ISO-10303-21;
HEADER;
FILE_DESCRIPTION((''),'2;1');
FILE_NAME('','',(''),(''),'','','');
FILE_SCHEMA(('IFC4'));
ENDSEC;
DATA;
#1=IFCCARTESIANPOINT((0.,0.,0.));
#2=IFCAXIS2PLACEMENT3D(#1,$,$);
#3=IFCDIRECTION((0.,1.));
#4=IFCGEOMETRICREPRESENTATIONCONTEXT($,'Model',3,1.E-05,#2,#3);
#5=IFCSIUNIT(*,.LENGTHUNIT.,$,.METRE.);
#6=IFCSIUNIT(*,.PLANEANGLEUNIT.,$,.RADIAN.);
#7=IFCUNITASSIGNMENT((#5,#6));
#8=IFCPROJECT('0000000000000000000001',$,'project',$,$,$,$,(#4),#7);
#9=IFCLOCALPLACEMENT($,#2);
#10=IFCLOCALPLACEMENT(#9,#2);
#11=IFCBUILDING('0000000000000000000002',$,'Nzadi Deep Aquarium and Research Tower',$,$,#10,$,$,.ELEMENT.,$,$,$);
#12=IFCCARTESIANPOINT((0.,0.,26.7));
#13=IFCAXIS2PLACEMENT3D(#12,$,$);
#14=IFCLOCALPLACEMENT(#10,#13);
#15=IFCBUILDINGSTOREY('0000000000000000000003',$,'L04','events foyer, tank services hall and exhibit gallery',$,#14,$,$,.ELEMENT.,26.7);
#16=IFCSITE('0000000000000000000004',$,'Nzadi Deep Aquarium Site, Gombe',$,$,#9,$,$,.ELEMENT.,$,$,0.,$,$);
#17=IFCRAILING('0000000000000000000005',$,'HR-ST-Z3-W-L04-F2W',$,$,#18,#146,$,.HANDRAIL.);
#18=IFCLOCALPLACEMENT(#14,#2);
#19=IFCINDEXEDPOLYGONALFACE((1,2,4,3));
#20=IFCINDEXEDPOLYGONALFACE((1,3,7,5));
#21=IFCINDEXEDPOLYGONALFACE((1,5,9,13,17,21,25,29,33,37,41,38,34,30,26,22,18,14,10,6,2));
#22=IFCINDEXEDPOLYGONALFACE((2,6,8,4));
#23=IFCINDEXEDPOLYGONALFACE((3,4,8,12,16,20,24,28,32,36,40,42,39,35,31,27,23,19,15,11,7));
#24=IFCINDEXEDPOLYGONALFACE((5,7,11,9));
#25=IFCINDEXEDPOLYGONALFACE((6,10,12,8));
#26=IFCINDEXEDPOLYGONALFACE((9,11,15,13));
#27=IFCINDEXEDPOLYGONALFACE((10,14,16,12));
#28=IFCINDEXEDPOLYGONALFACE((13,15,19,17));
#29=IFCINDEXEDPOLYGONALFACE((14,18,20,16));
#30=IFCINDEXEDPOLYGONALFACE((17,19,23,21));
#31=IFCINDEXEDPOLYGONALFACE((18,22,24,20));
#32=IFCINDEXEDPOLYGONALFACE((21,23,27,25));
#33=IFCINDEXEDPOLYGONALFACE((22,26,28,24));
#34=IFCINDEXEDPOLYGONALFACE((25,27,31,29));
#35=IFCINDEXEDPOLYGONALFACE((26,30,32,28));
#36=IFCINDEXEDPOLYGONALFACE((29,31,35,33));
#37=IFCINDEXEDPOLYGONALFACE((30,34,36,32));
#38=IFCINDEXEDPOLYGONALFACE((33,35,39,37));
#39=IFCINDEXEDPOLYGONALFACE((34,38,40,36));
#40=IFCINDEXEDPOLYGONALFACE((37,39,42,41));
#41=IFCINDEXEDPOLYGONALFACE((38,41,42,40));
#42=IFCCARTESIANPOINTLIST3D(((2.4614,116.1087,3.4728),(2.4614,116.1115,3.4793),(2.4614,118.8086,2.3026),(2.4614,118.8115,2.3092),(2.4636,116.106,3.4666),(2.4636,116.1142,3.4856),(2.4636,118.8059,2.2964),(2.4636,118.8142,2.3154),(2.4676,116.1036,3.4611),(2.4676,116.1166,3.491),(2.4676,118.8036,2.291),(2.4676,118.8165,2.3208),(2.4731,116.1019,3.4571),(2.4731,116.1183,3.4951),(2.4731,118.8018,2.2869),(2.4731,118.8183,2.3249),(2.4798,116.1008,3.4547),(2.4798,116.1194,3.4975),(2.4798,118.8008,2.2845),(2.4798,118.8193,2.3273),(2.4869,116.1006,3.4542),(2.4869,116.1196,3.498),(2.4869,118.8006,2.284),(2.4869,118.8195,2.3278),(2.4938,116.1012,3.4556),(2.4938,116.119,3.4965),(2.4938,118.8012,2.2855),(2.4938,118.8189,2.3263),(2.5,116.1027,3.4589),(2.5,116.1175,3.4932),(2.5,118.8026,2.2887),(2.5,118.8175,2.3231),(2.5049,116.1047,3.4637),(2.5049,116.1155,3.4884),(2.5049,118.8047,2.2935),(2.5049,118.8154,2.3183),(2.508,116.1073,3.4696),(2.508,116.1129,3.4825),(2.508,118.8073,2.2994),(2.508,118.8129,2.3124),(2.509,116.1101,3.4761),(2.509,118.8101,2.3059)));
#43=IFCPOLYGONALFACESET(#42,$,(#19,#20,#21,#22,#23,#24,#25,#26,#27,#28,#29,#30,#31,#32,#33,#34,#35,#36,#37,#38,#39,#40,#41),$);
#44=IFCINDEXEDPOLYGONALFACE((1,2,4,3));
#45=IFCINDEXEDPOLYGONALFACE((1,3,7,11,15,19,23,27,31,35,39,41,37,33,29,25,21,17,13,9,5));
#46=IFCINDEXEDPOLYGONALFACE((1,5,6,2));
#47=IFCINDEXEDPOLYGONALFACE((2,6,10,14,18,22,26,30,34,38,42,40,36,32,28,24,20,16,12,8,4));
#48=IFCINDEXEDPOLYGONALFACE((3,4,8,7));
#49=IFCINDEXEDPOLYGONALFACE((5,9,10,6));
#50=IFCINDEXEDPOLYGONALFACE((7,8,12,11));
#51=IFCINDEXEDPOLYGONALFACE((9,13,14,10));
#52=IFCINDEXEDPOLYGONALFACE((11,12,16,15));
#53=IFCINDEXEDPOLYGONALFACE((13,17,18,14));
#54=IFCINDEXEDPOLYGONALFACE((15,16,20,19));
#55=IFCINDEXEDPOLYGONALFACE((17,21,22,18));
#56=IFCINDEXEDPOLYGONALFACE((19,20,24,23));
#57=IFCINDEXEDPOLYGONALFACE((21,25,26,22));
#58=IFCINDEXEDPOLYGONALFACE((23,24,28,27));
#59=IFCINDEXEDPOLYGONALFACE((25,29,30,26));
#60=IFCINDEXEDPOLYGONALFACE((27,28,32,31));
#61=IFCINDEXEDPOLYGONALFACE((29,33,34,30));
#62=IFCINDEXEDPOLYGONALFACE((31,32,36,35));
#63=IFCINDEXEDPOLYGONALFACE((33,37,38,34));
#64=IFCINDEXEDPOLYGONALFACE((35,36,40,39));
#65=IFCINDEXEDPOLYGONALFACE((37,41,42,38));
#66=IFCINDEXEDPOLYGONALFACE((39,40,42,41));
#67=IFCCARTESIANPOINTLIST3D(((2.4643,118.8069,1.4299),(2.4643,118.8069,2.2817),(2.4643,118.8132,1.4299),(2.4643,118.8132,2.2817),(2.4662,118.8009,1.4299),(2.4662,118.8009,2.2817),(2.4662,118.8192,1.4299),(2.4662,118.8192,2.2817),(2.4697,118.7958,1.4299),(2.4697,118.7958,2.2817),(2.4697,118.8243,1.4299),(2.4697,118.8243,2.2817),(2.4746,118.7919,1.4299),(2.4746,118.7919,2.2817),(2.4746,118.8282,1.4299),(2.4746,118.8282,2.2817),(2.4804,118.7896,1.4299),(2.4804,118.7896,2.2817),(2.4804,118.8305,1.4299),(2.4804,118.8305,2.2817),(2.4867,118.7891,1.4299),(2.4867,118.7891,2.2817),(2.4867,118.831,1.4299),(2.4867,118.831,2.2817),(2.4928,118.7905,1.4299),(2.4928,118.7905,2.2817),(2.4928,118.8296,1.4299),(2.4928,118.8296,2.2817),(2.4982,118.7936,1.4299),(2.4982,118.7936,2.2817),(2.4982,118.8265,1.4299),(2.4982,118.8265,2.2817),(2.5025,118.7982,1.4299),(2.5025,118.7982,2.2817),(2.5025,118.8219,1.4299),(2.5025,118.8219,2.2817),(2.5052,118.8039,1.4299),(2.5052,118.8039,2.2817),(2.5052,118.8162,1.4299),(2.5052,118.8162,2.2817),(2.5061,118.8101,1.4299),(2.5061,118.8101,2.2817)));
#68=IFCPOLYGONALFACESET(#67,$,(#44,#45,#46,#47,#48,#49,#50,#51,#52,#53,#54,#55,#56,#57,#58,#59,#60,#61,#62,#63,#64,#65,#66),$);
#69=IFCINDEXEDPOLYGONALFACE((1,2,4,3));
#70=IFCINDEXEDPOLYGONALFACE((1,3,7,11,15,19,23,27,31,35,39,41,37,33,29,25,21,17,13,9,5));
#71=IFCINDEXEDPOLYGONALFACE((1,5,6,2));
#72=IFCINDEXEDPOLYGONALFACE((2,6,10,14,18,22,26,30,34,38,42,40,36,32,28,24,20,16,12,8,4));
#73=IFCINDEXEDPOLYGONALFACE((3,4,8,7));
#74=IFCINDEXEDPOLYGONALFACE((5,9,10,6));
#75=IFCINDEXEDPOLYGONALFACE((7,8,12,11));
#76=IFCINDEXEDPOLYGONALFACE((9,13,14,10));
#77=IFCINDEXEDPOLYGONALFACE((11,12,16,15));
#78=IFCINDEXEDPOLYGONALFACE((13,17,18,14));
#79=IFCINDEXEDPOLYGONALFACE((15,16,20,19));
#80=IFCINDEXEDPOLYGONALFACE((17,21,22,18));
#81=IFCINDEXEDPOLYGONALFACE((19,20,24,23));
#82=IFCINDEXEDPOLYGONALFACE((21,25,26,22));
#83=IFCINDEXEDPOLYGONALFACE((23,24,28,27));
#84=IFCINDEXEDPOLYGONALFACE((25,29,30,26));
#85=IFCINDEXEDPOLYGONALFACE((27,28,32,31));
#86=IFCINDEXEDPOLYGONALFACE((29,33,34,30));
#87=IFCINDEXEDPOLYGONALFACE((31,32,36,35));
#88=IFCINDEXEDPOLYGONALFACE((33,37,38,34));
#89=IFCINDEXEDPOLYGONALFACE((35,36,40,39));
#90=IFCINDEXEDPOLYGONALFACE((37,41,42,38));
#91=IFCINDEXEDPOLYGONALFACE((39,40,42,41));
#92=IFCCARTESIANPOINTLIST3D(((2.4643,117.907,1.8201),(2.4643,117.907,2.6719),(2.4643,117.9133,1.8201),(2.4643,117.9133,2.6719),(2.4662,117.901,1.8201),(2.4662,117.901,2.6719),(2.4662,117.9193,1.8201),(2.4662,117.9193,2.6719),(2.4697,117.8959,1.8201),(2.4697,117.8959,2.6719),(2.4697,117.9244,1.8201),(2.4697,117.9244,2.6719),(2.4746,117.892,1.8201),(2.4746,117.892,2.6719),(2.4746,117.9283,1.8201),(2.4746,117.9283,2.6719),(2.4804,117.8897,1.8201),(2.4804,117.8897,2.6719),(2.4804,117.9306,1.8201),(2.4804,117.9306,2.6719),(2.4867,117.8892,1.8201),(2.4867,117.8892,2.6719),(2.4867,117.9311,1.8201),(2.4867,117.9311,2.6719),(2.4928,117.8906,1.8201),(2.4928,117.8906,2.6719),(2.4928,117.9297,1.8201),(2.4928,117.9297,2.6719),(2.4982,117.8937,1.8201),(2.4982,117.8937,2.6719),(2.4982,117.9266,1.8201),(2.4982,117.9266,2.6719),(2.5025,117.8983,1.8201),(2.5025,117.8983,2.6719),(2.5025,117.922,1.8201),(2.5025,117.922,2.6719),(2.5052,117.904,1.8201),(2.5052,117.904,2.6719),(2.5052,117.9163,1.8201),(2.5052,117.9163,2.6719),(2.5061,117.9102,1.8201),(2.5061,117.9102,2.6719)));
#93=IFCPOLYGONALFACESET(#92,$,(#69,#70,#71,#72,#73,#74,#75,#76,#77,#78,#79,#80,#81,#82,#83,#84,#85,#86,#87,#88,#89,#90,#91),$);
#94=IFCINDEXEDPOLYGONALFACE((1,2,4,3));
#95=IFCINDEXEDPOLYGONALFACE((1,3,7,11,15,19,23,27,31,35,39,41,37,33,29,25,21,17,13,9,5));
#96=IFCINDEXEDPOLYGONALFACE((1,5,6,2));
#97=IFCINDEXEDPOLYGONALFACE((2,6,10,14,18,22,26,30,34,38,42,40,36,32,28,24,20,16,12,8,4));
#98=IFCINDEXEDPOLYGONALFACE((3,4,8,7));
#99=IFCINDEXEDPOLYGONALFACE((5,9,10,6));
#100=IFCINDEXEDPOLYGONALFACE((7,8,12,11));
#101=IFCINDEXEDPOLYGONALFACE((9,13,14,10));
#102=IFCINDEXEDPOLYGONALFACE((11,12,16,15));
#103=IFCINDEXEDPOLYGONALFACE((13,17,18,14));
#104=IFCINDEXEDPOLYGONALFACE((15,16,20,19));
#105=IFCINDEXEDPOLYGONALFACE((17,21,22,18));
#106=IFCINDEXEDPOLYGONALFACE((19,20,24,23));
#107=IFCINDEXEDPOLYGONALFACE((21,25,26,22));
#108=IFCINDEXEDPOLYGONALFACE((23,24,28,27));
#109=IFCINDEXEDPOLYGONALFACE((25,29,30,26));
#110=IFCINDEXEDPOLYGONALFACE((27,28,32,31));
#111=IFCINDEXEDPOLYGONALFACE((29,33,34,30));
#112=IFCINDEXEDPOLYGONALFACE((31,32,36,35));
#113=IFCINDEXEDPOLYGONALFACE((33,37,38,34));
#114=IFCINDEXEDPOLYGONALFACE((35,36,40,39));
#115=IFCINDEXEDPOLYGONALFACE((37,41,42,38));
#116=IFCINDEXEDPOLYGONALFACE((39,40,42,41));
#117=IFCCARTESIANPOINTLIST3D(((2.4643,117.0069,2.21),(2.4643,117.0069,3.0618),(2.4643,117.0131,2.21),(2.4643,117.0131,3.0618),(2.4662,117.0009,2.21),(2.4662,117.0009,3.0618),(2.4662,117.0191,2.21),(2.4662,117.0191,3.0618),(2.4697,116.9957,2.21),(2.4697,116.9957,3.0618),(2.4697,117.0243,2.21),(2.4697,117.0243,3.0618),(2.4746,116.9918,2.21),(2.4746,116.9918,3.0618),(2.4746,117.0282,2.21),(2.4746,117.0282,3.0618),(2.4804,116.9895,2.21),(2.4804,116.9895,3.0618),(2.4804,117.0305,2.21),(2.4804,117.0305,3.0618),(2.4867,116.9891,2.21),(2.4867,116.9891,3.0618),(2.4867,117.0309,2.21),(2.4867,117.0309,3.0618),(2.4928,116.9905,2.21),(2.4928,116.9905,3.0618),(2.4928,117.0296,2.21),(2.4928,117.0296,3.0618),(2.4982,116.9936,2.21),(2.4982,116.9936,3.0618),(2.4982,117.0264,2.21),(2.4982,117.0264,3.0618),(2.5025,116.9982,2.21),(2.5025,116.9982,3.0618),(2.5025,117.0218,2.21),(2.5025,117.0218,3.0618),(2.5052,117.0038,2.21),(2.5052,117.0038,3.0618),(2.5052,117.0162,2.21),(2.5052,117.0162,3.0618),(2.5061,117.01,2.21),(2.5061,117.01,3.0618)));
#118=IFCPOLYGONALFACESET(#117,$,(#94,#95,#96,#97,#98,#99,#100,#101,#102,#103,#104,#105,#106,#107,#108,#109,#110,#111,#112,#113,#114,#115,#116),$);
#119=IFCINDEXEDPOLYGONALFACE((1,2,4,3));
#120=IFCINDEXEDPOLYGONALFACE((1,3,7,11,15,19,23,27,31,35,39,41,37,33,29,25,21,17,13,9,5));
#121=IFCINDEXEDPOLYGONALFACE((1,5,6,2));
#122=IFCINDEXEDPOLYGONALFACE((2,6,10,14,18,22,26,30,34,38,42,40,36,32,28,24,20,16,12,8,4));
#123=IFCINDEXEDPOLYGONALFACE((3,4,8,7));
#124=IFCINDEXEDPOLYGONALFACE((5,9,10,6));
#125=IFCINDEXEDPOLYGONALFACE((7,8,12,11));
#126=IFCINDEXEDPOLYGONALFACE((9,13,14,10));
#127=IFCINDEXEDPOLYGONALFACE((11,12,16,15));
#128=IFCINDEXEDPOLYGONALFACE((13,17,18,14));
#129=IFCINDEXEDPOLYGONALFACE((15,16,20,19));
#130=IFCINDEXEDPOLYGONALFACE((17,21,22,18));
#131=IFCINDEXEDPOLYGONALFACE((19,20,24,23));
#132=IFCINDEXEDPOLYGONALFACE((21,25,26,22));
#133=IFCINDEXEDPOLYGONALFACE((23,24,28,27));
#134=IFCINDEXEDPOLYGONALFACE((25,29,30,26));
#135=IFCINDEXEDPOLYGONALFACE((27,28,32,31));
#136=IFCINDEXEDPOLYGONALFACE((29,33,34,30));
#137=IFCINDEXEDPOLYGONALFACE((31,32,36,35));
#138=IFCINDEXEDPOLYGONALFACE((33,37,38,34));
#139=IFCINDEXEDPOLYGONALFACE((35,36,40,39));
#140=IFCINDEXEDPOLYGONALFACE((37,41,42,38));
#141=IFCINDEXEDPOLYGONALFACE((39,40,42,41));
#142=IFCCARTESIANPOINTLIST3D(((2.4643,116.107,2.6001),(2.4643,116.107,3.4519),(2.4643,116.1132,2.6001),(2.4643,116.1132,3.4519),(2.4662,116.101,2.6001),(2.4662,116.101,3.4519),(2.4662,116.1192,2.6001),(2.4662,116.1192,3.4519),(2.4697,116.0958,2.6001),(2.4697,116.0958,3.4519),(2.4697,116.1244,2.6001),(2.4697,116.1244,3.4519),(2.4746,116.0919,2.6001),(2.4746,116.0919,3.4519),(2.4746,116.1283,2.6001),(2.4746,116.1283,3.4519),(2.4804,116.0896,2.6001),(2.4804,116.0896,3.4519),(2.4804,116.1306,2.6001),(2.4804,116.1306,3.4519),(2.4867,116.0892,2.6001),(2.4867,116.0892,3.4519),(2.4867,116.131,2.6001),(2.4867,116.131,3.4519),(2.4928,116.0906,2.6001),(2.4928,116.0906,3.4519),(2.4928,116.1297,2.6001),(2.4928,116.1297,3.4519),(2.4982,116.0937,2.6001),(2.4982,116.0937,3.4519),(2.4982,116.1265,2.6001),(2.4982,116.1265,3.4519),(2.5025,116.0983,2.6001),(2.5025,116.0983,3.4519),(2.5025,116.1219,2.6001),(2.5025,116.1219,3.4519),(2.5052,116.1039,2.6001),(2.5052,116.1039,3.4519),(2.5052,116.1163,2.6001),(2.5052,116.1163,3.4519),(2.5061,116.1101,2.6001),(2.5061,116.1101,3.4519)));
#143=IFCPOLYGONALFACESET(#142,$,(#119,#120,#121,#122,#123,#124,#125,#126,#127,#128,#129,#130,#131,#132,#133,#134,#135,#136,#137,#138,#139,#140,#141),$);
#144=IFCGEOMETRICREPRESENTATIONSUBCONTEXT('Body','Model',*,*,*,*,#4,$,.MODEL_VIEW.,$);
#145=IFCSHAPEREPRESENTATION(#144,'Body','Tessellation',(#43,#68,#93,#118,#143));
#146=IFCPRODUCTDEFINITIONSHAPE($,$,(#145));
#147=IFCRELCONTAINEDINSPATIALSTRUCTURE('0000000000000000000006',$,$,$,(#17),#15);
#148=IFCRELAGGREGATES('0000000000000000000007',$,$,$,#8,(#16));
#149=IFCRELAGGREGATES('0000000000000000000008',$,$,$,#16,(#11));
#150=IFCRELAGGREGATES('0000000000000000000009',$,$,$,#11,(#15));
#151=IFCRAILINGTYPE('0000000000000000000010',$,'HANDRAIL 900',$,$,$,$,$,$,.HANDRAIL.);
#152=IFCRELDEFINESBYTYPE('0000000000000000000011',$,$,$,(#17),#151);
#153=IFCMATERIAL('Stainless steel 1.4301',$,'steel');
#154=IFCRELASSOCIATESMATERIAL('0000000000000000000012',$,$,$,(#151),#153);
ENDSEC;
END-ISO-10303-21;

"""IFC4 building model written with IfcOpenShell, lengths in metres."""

from ifc_helpers import new_model, si_unit, direction, frame, origin, origin_2d, place, context, subcontext, project, spatial, circle, extrude, material, type_object, element, save


model = new_model("IFC4")

# Units and contexts
model_context = context("Model", 3, precision=1e-05, world=origin(), true_north=direction((0.0, 1.0)))
body_context = subcontext(model_context, "Body", "Model", "MODEL_VIEW")
ifc_project = project(units=[si_unit("LENGTHUNIT", "METRE"), si_unit("PLANEANGLEUNIT", "RADIAN")], contexts=[model_context])

# Site, building, storey
site_placement = place(None, origin())
site = spatial("IfcSite", under=ifc_project, at=site_placement, Name="Nzadi Deep Aquarium Site, Gombe", CompositionType="ELEMENT", RefElevation=0.0)
building_placement = place(site_placement, origin())
building = spatial("IfcBuilding", under=site, at=building_placement, Name="Nzadi Deep Aquarium and Research Tower", CompositionType="ELEMENT")
storey_placement = place(building_placement, frame((0.0, 0.0, 26.7)))
storey = spatial("IfcBuildingStorey", under=building, at=storey_placement, Name="L04", Description="events foyer, tank services hall and exhibit gallery", CompositionType="ELEMENT", Elevation=26.7)

# Railing
ifc_material_1 = material(Name="Stainless steel 1.4301", Category="steel")
railing_type_1 = type_object("IfcRailingType", Name="HANDRAIL 900", PredefinedType="HANDRAIL", material=ifc_material_1)
railing_1_placement = place(storey_placement, frame((2.4851, 118.8101, 1.4299)))
element("IfcRailing", 1, at=railing_1_placement, inside=storey, type_object=railing_type_1, Name="HR-ST-Z3-W-L04-F2W", PredefinedType="HANDRAIL", context=body_context, shape_type="SweptSolid", body=[
    extrude(circle(Radius=0.0239, at=origin_2d()), frame((0.0, 0.0, 0.876), z_axis=(0.0, -0.917532, 0.397661), x_axis=(1.0, 0.0, 0.0)), (0.0, 0.0, 1.0), 2.9426),
    extrude(circle(Radius=0.021, at=origin_2d()), origin(), (0.0, 0.0, 1.0), 0.8518),
    extrude(circle(Radius=0.021, at=origin_2d()), frame((0.0, -0.8999, 0.3901)), (0.0, 0.0, 1.0), 0.8518),
    extrude(circle(Radius=0.021, at=origin_2d()), frame((0.0, -1.8, 0.78)), (0.0, 0.0, 1.0), 0.8518),
    extrude(circle(Radius=0.021, at=origin_2d()), frame((0.0, -2.7, 1.1702)), (0.0, 0.0, 1.0), 0.8518),
])

save(model, "model.ifc")
